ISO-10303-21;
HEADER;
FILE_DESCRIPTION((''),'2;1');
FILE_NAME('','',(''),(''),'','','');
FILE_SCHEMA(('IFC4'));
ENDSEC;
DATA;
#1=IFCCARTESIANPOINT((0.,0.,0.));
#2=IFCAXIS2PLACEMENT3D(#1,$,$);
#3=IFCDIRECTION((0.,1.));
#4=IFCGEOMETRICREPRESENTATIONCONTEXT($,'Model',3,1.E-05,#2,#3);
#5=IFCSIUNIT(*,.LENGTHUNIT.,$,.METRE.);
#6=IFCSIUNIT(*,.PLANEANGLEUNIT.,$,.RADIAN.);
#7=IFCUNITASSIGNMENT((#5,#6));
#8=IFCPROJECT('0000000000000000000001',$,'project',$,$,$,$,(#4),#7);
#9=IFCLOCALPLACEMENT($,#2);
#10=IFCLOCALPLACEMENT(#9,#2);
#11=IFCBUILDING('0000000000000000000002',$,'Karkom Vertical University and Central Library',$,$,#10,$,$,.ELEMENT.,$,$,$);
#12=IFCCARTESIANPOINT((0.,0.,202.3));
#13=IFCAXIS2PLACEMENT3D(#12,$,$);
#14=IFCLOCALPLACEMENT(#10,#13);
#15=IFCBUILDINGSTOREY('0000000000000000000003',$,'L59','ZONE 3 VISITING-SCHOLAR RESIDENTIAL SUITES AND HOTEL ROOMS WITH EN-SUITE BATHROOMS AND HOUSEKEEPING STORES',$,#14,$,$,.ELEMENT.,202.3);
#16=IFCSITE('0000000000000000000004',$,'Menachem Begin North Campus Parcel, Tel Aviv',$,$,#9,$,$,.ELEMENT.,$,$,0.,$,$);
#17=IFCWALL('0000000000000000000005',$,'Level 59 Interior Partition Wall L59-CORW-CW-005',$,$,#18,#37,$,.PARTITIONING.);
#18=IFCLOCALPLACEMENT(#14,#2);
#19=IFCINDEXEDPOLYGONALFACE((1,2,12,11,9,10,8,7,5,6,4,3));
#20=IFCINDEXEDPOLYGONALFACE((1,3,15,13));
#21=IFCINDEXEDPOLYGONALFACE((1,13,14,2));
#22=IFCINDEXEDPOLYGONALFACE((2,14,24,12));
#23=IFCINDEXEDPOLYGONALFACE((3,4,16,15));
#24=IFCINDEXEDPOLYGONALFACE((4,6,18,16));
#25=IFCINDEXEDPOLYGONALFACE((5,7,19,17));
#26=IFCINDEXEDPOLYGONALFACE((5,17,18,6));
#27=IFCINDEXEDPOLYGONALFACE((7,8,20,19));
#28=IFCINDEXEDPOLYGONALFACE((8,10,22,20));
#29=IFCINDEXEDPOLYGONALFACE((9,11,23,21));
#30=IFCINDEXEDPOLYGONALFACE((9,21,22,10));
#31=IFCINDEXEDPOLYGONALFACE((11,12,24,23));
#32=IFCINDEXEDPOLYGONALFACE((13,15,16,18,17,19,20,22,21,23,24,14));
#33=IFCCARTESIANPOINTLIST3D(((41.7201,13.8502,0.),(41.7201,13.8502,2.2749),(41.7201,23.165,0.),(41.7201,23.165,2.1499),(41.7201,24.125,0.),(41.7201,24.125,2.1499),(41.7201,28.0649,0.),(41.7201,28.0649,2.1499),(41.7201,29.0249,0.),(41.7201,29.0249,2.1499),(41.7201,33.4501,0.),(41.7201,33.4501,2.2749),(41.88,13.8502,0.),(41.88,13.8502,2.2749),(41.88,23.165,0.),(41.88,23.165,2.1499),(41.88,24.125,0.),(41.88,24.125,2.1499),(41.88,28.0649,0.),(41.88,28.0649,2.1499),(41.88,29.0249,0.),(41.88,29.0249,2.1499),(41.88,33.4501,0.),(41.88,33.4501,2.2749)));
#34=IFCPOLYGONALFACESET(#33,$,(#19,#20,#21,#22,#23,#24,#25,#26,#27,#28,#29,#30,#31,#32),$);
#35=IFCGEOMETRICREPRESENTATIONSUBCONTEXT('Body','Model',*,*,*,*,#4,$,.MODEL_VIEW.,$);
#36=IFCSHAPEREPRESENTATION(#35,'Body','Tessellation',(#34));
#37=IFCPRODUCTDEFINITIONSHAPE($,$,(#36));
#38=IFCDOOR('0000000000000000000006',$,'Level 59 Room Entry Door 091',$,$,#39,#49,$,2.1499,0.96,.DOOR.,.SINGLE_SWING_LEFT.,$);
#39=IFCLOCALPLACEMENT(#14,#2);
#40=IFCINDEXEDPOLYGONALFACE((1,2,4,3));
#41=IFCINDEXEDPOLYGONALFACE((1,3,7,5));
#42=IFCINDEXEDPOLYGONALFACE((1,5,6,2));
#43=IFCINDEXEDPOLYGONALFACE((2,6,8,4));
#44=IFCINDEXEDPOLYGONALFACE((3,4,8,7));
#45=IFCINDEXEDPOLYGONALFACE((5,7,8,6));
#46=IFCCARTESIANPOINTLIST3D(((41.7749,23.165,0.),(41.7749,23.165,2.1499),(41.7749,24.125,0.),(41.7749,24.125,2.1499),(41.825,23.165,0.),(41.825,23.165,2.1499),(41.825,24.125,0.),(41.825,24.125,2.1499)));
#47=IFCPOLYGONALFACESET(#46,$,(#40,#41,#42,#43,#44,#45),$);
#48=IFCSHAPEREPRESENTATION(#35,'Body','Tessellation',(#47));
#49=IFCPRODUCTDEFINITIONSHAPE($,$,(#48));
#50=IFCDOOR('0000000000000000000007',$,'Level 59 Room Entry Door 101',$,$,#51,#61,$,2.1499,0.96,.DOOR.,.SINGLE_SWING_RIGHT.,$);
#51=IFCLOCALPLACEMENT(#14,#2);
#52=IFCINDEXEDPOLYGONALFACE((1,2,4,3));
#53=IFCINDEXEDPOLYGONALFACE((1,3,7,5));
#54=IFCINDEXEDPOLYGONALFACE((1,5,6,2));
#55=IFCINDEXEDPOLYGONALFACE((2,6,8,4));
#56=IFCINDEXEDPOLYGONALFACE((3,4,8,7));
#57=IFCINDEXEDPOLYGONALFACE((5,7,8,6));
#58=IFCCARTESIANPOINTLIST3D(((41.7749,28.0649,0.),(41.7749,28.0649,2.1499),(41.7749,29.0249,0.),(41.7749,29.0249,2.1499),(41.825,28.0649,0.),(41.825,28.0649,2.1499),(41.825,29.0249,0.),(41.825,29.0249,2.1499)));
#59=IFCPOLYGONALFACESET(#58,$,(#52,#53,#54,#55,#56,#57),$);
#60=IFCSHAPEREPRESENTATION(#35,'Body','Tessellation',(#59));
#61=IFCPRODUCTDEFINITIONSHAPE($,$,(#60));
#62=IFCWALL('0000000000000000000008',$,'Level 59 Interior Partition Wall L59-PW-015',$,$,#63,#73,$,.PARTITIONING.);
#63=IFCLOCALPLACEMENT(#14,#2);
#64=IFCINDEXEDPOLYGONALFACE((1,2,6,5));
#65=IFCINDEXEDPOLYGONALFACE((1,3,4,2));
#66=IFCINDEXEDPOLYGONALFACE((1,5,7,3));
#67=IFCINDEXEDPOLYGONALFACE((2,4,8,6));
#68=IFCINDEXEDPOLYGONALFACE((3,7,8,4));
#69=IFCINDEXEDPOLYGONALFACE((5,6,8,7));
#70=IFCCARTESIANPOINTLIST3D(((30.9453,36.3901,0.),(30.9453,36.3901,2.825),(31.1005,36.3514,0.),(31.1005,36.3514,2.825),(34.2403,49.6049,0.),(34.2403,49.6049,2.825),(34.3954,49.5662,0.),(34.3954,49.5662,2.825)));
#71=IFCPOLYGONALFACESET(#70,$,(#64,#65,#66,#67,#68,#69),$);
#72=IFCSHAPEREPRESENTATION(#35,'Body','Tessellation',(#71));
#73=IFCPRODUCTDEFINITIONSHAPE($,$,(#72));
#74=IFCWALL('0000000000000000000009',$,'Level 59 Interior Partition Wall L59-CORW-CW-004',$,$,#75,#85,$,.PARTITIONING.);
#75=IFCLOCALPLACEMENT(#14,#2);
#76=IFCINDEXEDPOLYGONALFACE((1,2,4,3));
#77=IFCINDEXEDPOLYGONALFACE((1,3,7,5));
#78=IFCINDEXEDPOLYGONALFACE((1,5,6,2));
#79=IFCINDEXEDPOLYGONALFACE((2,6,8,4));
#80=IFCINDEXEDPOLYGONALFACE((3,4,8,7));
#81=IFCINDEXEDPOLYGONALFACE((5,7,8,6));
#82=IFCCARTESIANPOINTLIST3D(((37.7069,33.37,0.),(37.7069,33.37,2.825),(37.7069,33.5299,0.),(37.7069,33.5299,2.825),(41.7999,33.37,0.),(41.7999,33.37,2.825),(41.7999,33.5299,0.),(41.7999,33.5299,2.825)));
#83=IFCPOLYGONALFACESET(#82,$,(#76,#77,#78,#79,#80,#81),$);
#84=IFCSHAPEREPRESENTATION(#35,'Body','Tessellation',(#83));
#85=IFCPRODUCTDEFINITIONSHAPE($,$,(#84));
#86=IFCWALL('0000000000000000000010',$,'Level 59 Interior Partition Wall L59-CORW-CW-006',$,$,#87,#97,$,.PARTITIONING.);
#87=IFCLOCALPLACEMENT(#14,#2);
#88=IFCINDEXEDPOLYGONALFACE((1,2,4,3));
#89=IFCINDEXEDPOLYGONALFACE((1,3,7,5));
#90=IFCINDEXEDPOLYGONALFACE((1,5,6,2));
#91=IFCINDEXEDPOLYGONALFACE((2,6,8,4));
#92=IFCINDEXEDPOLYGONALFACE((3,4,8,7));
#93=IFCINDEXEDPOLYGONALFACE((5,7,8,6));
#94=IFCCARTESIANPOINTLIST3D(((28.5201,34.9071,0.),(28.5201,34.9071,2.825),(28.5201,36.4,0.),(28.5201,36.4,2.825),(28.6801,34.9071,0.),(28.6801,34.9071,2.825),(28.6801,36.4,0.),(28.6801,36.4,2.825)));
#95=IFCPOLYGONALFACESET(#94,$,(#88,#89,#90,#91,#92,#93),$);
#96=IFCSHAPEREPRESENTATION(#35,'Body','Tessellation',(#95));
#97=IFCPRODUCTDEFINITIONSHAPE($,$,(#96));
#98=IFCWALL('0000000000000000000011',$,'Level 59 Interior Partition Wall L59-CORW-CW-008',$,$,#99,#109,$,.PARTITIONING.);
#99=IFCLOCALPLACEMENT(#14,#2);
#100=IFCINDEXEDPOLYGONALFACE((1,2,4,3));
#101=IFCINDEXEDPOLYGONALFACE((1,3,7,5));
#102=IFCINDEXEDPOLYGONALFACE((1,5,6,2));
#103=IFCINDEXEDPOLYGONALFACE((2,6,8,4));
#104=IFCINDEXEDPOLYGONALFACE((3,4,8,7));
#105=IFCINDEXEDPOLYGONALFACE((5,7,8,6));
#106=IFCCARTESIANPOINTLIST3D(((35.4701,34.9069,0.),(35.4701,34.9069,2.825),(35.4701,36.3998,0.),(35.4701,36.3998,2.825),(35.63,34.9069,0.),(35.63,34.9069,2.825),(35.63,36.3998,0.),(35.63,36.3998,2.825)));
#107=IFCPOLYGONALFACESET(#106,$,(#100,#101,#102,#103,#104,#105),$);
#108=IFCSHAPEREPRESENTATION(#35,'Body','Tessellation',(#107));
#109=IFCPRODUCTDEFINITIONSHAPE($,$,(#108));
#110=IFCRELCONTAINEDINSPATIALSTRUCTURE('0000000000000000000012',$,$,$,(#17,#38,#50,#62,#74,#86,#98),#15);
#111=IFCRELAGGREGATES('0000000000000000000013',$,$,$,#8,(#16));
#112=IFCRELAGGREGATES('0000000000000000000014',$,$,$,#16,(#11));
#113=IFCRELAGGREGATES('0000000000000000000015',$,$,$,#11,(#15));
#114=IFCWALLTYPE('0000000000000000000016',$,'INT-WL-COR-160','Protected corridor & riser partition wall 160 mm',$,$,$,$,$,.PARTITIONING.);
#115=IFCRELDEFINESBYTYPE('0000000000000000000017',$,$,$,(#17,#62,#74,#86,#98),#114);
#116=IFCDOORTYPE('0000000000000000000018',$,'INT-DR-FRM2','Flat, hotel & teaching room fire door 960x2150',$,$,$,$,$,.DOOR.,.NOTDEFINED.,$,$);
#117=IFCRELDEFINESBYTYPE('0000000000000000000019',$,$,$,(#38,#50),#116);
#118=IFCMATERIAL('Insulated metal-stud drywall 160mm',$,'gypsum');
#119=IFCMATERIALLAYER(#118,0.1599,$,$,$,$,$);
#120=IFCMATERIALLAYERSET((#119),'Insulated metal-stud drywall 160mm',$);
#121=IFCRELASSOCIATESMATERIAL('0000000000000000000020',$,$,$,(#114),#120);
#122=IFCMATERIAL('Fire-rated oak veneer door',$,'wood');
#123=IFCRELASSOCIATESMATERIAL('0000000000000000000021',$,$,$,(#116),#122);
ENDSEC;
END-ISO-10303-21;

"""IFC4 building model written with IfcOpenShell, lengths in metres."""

from ifc_helpers import new_model, si_unit, direction, frame, frame_2d, origin, origin_with_axes, place, context, subcontext, project, spatial, rectangle, extrude, source, transform, mapped, material, layer, layer_set, type_object, element, fill, save


model = new_model("IFC4")

# Units and contexts
model_context = context("Model", 3, precision=1e-05, world=origin(), true_north=direction((0.0, 1.0)))
body_context = subcontext(model_context, "Body", "Model", "MODEL_VIEW")
ifc_project = project(units=[si_unit("LENGTHUNIT", "METRE"), si_unit("PLANEANGLEUNIT", "RADIAN")], contexts=[model_context])

# Site, building, storey
site_placement = place(None, origin())
site = spatial("IfcSite", under=ifc_project, at=site_placement, Name="Menachem Begin North Campus Parcel, Tel Aviv", CompositionType="ELEMENT", RefElevation=0.0)
building_placement = place(site_placement, origin())
building = spatial("IfcBuilding", under=site, at=building_placement, Name="Karkom Vertical University and Central Library", CompositionType="ELEMENT")
storey_placement = place(building_placement, frame((0.0, 0.0, 202.3)))
storey = spatial("IfcBuildingStorey", under=building, at=storey_placement, Name="L59", Description="ZONE 3 VISITING-SCHOLAR RESIDENTIAL SUITES AND HOTEL ROOMS WITH EN-SUITE BATHROOMS AND HOUSEKEEPING STORES", CompositionType="ELEMENT", Elevation=202.3)

# Wall, openings, doors
ifc_material_1 = material(Name="Insulated metal-stud drywall 160mm", Category="gypsum")
ifc_layer_1 = layer(ifc_material_1, 0.1599)
ifc_layer_set_1 = layer_set([ifc_layer_1], Name="Insulated metal-stud drywall 160mm")
wall_type_1 = type_object("IfcWallType", Name="INT-WL-COR-160", Description="Protected corridor & riser partition wall 160 mm", PredefinedType="PARTITIONING", material=ifc_layer_set_1)
wall_1_placement = place(storey_placement, frame((41.8, 33.45, 0.0), z_axis=(0.0, 0.0, 1.0), x_axis=(0.0, -1.0, 0.0)))
wall_1 = element("IfcWall", 1, at=wall_1_placement, inside=storey, type_object=wall_type_1, Name="Level 59 Interior Partition Wall L59-CORW-CW-005", PredefinedType="PARTITIONING", context=body_context, shape_type="SweptSolid", body=[
    extrude(rectangle(XDim=19.5999, YDim=0.1599, at=frame_2d((9.7998, 0.0))), origin(), (0.0, 0.0, 1.0), 2.2749),
])
opening_1_placement = place(wall_1_placement, frame((9.325, 0.0, 0.0)))
opening_1 = element("IfcOpeningElement", 2, at=opening_1_placement, cuts=wall_1, PredefinedType="OPENING", context=body_context, shape_type="SweptSolid", body=[
    extrude(rectangle(XDim=0.96, YDim=2.1499, at=frame_2d((0.48, 1.075))), frame((0.0, 0.0898, 0.0), z_axis=(0.0, -1.0, 0.0), x_axis=(1.0, 0.0, 0.0)), (0.0, 0.0, 1.0), 0.1799),
])
opening_2_placement = place(wall_1_placement, frame((4.425, 0.0, 0.0)))
opening_2 = element("IfcOpeningElement", 3, at=opening_2_placement, cuts=wall_1, PredefinedType="OPENING", context=body_context, shape_type="SweptSolid", body=[
    extrude(rectangle(XDim=0.96, YDim=2.1499, at=frame_2d((0.48, 1.075))), frame((0.0, 0.0898, 0.0), z_axis=(0.0, -1.0, 0.0), x_axis=(1.0, 0.0, 0.0)), (0.0, 0.0, 1.0), 0.1799),
])
ifc_material_2 = material(Name="Fire-rated oak veneer door", Category="wood")
door_type_1 = type_object("IfcDoorType", Name="INT-DR-FRM2", Description="Flat, hotel & teaching room fire door 960x2150", OperationType="NOTDEFINED", PredefinedType="DOOR", material=ifc_material_2)
shared_shape_1 = source(origin_with_axes(), body_context, "Body", "SweptSolid", [
    extrude(rectangle(XDim=0.96, YDim=2.1499, at=frame_2d((0.48, 1.075))), frame((0.0, 0.0249, 0.0), z_axis=(0.0, -1.0, 0.0), x_axis=(1.0, 0.0, 0.0)), (0.0, 0.0, 1.0), 0.05),
])
door_1_placement = place(opening_1_placement, origin())
door_1 = element("IfcDoor", 4, at=door_1_placement, inside=storey, type_object=door_type_1, Name="Level 59 Room Entry Door 091", OperationType="SINGLE_SWING_LEFT", OverallHeight=2.1499, OverallWidth=0.96, PredefinedType="DOOR", context=body_context, shape_type="MappedRepresentation", body=[
    mapped(shared_shape_1, transform((0.0, 0.0, 0.0), scale=1.0)),
])
fill(opening_1, door_1)
door_2_placement = place(opening_2_placement, origin())
door_2 = element("IfcDoor", 5, at=door_2_placement, inside=storey, type_object=door_type_1, Name="Level 59 Room Entry Door 101", OperationType="SINGLE_SWING_RIGHT", OverallHeight=2.1499, OverallWidth=0.96, PredefinedType="DOOR", context=body_context, shape_type="MappedRepresentation", body=[
    mapped(shared_shape_1, transform((0.0, 0.0, 0.0), scale=1.0)),
])
fill(opening_2, door_2)

# Wall
wall_2_placement = place(storey_placement, frame((31.0229, 36.3708, 0.0), z_axis=(0.0, 0.0, 1.0), x_axis=(0.241928, 0.970294, 0.0)))
element("IfcWall", 6, at=wall_2_placement, inside=storey, type_object=wall_type_1, Name="Level 59 Interior Partition Wall L59-PW-015", PredefinedType="PARTITIONING", context=body_context, shape_type="SweptSolid", body=[
    extrude(rectangle(XDim=13.6194, YDim=0.1599, at=frame_2d((6.8096, 0.0))), origin(), (0.0, 0.0, 1.0), 2.825),
])

# Walls
wall_3_placement = place(storey_placement, frame((37.707, 33.45, 0.0), z_axis=(0.0, 0.0, 1.0), x_axis=(1.0, 0.0, 0.0)))
element("IfcWall", 7, at=wall_3_placement, inside=storey, type_object=wall_type_1, Name="Level 59 Interior Partition Wall L59-CORW-CW-004", PredefinedType="PARTITIONING", context=body_context, shape_type="SweptSolid", body=[
    extrude(rectangle(XDim=4.093, YDim=0.1599, at=frame_2d((2.0464, 0.0))), origin(), (0.0, 0.0, 1.0), 2.825),
])
for number, where, z_axis, x_axis, name in (
    (8, (28.6001, 34.907, 0.0), (0.0, 0.0, 1.0), (0.0, 1.0, 0.0), "Level 59 Interior Partition Wall L59-CORW-CW-006"),
    (9, (35.55, 36.3999, 0.0), (0.0, 0.0, 1.0), (0.0, -1.0, 0.0), "Level 59 Interior Partition Wall L59-CORW-CW-008"),
):
    element("IfcWall", number, at=place(storey_placement, frame(where, z_axis=z_axis, x_axis=x_axis)), inside=storey, type_object=wall_type_1, Name=name, PredefinedType="PARTITIONING", context=body_context, shape_type="SweptSolid", body=[
        extrude(rectangle(XDim=1.4929, YDim=0.1599, at=frame_2d((0.7466, 0.0))), origin(), (0.0, 0.0, 1.0), 2.825),
    ])

save(model, "model.ifc")
